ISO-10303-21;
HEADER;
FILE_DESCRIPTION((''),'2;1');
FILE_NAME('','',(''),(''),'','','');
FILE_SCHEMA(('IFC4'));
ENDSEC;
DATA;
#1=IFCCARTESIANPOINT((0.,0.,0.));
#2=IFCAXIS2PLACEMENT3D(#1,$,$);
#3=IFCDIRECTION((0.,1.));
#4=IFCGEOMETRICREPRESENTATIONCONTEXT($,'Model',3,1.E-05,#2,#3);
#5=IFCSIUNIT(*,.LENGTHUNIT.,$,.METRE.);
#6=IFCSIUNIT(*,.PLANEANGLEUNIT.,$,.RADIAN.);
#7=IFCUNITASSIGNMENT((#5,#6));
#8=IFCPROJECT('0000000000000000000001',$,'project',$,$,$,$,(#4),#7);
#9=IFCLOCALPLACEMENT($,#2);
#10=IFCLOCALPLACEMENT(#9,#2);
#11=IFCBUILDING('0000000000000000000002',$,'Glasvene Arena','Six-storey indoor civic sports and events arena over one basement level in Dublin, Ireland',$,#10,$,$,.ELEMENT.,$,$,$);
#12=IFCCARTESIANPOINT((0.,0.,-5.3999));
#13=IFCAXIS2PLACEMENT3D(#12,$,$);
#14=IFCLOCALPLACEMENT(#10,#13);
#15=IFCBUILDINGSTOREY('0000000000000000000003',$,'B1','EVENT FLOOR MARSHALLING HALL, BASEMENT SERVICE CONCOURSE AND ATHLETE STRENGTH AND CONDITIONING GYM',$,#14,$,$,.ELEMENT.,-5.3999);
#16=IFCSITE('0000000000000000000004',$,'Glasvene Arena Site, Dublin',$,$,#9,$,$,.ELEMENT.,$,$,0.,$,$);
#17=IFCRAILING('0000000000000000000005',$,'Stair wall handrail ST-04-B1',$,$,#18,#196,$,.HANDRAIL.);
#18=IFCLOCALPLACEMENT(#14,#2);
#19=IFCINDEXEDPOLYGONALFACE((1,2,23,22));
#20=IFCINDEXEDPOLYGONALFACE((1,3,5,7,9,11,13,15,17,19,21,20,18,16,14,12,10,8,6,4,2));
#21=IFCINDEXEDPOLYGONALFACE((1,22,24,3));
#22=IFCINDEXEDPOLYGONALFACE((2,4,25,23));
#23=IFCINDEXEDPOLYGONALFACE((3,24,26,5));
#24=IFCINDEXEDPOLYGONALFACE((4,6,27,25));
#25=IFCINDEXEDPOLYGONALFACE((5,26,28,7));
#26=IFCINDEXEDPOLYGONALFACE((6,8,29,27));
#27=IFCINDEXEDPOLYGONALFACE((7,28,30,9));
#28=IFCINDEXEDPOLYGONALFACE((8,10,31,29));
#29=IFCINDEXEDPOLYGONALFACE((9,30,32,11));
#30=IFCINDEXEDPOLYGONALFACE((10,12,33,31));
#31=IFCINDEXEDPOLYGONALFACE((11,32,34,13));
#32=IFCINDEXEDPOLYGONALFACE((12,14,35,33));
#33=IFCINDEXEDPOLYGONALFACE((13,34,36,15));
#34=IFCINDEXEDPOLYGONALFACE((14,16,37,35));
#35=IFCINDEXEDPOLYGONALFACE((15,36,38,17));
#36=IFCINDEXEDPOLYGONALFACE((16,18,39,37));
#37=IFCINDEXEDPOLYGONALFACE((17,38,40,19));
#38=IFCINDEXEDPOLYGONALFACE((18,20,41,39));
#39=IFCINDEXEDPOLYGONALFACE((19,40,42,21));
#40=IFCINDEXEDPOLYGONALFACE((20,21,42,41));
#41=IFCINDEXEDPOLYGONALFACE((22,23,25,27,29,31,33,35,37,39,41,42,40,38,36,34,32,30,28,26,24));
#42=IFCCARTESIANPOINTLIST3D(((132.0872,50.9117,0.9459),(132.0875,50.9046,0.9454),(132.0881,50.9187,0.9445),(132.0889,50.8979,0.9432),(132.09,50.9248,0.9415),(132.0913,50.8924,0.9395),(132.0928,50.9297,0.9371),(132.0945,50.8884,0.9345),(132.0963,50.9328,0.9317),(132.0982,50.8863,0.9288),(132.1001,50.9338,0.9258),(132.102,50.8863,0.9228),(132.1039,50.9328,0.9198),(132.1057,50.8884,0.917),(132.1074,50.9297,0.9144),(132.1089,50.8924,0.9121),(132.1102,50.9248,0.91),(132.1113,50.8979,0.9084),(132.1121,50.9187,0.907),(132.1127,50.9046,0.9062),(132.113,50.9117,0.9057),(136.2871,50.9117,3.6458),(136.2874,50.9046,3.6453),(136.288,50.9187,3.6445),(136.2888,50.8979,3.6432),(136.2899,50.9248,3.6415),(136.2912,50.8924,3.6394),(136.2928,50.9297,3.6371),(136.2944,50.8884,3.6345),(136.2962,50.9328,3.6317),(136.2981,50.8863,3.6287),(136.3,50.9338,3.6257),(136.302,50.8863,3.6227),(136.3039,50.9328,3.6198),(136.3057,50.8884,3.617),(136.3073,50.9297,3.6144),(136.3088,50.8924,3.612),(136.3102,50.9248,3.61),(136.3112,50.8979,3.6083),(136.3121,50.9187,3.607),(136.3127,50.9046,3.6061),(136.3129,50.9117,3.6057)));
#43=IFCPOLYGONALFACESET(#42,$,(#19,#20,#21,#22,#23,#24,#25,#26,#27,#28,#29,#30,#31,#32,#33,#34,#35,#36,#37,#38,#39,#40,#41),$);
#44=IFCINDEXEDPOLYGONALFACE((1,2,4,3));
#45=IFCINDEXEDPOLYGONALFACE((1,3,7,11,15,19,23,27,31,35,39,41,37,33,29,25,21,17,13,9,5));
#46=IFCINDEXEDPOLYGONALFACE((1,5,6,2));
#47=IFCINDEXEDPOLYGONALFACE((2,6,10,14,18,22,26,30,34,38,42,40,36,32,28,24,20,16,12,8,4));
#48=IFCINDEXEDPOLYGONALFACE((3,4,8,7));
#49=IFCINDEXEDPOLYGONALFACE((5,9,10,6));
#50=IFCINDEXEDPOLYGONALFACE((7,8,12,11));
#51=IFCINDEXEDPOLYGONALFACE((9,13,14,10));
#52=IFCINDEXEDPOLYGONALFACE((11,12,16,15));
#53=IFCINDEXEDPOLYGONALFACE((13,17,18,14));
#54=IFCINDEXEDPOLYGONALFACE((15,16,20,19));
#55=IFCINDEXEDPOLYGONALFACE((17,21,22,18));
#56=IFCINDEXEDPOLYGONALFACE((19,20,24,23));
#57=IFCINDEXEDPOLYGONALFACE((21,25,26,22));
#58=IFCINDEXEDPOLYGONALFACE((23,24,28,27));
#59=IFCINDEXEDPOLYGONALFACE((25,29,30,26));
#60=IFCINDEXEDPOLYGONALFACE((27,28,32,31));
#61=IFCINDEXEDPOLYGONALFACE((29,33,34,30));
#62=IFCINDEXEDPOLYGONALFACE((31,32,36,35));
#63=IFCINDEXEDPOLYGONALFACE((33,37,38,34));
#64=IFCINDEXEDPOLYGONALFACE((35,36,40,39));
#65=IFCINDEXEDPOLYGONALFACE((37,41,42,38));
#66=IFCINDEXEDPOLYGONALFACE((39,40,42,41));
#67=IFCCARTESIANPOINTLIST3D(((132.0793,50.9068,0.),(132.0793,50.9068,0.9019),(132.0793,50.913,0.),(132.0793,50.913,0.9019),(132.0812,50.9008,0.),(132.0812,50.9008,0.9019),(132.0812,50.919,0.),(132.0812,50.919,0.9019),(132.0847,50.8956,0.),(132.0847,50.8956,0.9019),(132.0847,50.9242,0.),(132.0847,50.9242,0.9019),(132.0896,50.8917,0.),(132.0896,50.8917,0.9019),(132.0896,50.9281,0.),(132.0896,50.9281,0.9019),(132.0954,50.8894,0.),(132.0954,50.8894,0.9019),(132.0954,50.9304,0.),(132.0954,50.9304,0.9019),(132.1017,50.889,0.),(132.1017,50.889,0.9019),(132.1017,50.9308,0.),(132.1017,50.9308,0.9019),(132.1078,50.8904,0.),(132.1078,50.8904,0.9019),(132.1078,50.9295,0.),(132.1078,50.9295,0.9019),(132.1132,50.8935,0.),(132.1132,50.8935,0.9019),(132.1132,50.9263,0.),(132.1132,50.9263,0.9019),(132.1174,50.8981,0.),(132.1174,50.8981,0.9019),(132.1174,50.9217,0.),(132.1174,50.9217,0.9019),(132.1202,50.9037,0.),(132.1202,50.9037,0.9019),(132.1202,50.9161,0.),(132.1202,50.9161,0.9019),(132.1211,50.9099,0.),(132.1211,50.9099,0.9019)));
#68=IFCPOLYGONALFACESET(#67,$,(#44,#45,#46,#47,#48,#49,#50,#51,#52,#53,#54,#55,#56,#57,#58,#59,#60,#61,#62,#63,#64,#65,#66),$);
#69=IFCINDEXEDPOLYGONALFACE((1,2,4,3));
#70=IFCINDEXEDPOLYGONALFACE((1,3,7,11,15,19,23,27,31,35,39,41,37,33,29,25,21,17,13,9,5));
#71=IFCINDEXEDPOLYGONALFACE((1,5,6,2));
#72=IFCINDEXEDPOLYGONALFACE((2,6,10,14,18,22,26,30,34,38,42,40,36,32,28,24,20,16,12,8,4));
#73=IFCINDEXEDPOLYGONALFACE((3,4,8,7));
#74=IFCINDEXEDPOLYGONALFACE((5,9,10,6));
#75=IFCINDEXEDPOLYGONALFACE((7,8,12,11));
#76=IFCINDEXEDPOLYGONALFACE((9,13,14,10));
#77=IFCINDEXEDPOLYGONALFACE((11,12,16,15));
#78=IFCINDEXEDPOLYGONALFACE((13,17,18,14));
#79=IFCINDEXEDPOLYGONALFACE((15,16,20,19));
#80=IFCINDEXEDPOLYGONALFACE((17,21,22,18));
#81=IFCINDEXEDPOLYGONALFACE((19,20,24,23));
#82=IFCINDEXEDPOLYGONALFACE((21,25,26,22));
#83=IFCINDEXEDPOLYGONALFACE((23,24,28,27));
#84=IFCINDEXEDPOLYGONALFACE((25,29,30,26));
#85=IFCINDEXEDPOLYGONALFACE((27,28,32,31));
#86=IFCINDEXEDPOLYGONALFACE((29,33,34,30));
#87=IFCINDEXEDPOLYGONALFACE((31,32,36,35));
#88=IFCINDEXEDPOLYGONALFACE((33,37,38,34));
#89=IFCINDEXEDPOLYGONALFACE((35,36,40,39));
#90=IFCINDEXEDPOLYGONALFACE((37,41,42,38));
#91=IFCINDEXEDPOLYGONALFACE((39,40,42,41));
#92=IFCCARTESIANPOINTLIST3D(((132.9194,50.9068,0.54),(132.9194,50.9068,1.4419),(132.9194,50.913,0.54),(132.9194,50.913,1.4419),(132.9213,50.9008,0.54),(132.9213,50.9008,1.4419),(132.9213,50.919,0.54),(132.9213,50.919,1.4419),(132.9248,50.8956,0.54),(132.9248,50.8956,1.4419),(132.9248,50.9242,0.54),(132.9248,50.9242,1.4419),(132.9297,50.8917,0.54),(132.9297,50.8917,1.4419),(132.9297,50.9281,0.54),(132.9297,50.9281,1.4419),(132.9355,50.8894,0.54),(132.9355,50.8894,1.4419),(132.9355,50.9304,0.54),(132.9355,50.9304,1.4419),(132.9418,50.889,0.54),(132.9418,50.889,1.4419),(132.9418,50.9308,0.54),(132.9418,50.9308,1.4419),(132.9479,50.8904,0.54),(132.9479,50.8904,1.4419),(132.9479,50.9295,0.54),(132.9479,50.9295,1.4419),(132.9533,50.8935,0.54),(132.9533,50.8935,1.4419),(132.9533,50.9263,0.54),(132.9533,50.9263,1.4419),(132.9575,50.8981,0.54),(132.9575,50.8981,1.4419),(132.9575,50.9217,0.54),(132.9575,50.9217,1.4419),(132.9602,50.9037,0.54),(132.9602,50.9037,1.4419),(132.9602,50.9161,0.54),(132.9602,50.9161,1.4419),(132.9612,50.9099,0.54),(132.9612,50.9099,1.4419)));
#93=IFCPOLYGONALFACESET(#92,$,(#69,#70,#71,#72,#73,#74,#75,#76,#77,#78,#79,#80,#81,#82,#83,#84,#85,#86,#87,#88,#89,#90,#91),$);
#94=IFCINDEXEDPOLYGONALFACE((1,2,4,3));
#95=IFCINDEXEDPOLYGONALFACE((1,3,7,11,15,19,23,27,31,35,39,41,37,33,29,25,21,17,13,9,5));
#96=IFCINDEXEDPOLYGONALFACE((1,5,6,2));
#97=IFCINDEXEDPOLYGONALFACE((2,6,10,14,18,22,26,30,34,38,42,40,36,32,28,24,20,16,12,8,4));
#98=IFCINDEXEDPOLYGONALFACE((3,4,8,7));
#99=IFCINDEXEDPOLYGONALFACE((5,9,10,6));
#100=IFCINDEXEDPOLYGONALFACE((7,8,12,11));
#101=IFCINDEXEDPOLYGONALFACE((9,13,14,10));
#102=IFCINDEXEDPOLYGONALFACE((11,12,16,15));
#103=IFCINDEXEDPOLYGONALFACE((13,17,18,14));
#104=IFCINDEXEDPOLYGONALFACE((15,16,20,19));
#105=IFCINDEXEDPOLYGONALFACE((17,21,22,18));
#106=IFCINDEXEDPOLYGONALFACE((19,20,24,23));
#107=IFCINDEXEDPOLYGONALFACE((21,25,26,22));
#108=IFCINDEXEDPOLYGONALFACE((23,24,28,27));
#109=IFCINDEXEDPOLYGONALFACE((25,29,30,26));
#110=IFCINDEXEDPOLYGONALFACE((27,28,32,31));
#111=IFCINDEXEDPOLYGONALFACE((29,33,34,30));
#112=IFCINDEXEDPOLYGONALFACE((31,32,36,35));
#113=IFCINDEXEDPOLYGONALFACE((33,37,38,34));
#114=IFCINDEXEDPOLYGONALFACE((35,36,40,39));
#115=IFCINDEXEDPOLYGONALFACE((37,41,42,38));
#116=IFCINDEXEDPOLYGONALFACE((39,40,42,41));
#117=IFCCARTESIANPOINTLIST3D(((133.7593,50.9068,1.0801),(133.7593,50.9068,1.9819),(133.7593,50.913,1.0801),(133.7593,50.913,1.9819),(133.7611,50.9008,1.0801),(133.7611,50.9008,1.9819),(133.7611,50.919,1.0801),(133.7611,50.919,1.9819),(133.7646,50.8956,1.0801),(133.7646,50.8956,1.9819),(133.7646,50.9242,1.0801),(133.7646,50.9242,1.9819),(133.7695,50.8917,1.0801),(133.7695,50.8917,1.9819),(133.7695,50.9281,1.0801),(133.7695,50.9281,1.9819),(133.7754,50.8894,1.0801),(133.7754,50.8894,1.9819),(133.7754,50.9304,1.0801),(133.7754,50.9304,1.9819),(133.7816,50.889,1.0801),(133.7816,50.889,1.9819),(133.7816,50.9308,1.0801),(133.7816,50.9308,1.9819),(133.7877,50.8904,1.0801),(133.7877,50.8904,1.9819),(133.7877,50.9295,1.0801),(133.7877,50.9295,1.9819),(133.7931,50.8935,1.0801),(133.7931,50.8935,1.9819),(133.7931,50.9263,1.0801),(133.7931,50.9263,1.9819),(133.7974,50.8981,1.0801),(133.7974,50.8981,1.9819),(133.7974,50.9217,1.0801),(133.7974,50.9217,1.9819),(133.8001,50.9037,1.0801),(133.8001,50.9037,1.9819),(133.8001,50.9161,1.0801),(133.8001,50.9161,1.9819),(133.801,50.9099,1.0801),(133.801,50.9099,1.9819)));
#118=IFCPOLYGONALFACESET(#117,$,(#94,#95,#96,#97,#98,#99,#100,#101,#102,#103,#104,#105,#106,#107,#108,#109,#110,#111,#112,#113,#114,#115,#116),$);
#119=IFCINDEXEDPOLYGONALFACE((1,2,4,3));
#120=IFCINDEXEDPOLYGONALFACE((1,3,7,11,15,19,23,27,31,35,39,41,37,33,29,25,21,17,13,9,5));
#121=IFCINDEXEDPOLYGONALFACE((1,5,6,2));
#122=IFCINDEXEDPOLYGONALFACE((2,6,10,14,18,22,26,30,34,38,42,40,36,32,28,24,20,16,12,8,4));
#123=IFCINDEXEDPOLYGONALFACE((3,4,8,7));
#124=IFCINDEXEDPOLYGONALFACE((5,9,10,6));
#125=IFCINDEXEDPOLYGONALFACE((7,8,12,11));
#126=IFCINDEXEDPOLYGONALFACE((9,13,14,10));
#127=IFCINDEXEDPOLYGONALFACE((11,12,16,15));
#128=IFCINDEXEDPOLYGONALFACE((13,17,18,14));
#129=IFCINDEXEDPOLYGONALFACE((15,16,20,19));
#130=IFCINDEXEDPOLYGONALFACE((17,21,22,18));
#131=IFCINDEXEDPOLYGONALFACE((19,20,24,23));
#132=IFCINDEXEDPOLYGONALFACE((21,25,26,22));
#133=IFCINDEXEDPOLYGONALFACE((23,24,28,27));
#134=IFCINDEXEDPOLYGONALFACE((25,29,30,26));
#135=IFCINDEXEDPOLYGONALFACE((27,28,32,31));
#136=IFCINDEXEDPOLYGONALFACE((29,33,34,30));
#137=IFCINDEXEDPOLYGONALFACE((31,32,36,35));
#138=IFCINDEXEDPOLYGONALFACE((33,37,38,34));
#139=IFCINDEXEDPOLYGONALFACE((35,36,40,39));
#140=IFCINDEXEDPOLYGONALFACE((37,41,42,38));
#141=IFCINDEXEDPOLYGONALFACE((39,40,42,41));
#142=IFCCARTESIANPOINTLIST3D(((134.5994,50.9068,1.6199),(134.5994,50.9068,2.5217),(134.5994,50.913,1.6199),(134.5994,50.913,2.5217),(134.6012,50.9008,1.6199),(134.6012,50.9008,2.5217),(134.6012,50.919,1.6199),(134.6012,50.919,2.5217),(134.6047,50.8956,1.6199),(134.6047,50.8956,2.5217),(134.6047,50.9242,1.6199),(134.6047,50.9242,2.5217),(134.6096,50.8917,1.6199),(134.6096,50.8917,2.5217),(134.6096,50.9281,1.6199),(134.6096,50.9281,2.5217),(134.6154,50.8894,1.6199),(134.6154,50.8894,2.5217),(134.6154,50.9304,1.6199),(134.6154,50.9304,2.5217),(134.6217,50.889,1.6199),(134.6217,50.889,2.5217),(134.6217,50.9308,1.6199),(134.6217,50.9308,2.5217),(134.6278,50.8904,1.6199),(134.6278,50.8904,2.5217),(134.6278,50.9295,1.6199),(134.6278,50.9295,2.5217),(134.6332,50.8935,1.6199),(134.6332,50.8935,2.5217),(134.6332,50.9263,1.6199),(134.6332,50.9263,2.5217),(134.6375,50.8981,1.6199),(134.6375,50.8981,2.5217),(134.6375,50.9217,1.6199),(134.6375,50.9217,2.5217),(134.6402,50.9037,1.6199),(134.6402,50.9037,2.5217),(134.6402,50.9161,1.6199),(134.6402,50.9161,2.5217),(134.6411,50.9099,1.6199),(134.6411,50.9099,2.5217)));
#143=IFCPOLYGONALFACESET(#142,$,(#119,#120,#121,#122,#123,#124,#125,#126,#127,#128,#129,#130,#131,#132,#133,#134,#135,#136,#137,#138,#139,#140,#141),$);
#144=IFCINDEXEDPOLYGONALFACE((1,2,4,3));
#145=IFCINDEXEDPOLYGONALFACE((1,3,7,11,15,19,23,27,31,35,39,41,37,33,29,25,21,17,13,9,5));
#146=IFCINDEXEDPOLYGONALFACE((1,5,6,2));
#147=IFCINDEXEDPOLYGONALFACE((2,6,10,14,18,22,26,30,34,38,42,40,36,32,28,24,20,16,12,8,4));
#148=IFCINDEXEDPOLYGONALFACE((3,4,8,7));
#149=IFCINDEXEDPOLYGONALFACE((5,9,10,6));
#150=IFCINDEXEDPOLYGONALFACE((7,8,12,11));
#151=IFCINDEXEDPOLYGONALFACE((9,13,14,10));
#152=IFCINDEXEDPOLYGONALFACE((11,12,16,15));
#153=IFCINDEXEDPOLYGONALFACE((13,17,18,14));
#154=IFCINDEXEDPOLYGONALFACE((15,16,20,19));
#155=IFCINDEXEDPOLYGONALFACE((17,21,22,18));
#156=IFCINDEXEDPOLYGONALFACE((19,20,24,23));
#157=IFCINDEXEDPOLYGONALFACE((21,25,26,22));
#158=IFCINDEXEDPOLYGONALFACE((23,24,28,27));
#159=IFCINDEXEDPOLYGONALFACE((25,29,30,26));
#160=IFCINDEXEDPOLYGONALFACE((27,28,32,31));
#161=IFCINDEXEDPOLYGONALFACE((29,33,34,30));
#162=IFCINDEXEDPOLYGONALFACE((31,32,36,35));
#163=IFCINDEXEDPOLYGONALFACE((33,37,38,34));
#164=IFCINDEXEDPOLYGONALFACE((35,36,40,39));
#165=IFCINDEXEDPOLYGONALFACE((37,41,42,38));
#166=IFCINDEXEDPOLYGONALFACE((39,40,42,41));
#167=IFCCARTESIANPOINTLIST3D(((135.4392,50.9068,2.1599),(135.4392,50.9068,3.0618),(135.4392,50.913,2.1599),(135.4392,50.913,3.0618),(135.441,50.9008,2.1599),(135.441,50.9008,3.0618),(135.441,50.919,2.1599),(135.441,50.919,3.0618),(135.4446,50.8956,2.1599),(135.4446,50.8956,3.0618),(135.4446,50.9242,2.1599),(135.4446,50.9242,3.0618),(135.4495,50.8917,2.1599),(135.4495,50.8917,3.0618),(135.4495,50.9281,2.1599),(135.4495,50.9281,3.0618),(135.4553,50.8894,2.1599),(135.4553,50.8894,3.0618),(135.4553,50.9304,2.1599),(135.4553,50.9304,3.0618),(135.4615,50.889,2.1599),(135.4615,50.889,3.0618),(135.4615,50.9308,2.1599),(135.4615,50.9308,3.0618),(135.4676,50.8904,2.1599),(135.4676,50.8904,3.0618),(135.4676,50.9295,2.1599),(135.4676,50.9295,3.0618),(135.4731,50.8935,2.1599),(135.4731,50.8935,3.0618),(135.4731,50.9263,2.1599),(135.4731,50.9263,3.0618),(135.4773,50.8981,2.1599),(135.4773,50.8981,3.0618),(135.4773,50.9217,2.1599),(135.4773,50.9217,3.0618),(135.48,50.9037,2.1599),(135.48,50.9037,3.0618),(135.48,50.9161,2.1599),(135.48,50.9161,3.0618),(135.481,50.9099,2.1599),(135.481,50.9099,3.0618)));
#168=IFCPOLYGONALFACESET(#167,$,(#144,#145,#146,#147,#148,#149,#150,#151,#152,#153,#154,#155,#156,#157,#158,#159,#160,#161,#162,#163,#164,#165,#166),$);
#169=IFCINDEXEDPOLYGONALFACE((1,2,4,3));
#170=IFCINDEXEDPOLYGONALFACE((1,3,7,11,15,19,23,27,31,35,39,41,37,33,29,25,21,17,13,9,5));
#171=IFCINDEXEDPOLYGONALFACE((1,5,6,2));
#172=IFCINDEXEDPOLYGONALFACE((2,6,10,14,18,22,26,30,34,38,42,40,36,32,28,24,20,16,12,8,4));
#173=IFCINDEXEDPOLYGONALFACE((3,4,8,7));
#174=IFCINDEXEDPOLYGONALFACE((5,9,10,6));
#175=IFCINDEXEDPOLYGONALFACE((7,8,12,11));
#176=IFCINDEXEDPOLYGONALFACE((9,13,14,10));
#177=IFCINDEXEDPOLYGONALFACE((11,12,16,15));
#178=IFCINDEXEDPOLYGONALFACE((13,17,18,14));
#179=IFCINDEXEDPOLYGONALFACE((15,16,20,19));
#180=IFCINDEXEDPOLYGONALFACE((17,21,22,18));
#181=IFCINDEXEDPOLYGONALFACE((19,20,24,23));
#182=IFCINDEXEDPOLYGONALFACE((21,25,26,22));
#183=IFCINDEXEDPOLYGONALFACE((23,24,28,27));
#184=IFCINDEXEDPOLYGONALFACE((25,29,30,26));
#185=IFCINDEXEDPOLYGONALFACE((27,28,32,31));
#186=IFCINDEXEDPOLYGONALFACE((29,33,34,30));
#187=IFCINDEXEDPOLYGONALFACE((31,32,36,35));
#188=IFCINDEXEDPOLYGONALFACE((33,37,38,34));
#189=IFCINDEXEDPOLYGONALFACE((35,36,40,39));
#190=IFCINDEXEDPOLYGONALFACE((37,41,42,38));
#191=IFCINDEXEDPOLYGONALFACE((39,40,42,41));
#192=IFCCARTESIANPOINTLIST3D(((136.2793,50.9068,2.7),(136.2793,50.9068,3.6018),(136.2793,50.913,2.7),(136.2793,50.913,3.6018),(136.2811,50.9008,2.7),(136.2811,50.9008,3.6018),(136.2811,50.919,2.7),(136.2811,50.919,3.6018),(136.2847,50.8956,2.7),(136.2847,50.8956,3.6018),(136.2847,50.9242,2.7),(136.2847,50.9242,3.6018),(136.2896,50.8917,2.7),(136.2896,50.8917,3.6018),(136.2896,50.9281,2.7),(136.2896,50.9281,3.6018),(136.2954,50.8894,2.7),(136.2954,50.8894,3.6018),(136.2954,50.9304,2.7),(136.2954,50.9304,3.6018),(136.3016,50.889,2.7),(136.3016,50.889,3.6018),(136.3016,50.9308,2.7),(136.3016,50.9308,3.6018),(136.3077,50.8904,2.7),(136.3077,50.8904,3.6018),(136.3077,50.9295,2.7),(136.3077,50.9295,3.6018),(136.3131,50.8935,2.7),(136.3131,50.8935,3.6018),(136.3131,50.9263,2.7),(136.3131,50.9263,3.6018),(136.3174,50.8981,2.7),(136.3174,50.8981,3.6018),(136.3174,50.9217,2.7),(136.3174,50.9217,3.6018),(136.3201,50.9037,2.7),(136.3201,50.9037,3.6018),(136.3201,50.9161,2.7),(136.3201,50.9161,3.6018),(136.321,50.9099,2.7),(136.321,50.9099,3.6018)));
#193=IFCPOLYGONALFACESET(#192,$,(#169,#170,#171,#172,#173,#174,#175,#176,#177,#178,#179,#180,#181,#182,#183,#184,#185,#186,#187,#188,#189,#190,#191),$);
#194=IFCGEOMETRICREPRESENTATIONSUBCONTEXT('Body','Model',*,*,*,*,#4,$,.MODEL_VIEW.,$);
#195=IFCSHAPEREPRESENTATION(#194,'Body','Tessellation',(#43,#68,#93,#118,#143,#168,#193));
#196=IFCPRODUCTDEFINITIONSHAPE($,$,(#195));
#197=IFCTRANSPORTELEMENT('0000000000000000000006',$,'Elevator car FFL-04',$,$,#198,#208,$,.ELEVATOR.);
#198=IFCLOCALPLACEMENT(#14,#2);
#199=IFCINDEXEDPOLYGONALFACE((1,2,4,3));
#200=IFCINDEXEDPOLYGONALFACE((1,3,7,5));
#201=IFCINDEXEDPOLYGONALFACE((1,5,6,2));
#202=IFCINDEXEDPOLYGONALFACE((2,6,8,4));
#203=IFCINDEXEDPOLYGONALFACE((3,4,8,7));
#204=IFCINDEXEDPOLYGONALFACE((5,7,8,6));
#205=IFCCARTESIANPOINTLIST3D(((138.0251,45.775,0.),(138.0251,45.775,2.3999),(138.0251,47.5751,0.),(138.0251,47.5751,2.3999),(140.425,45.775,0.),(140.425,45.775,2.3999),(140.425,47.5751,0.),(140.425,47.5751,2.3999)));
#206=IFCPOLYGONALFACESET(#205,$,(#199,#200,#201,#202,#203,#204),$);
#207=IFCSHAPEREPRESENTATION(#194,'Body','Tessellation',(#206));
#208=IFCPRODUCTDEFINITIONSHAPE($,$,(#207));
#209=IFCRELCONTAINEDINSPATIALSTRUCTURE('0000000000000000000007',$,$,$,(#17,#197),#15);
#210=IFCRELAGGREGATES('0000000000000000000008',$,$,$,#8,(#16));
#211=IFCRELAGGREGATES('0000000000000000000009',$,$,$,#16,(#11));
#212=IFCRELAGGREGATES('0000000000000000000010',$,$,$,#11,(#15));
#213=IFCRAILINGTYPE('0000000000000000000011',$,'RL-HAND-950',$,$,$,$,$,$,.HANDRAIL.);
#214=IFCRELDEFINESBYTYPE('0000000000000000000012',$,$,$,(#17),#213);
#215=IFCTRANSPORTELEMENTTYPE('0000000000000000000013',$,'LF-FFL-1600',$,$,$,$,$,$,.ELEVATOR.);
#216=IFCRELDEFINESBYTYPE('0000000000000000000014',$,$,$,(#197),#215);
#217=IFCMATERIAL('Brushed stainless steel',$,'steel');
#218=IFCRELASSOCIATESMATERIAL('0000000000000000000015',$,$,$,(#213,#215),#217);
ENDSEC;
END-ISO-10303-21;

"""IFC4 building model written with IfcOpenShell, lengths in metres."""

from ifc_helpers import new_model, si_unit, direction, frame, origin, origin_2d, place, context, subcontext, project, spatial, rectangle, circle, extrude, material, type_object, element, save


model = new_model("IFC4")

# Units and contexts
model_context = context("Model", 3, precision=1e-05, world=origin(), true_north=direction((0.0, 1.0)))
body_context = subcontext(model_context, "Body", "Model", "MODEL_VIEW")
ifc_project = project(units=[si_unit("LENGTHUNIT", "METRE"), si_unit("PLANEANGLEUNIT", "RADIAN")], contexts=[model_context])

# Site, building, storey
site_placement = place(None, origin())
site = spatial("IfcSite", under=ifc_project, at=site_placement, Name="Glasvene Arena Site, Dublin", CompositionType="ELEMENT", RefElevation=0.0)
building_placement = place(site_placement, origin())
building = spatial("IfcBuilding", under=site, at=building_placement, Name="Glasvene Arena", Description="Six-storey indoor civic sports and events arena over one basement level in Dublin, Ireland", CompositionType="ELEMENT")
storey_placement = place(building_placement, frame((0.0, 0.0, -5.3999)))
storey = spatial("IfcBuildingStorey", under=building, at=storey_placement, Name="B1", Description="EVENT FLOOR MARSHALLING HALL, BASEMENT SERVICE CONCOURSE AND ATHLETE STRENGTH AND CONDITIONING GYM", CompositionType="ELEMENT", Elevation=-5.3999)

# Shared definitions
ifc_material_1 = material(Name="Brushed stainless steel", Category="steel")

# Railing
railing_type_1 = type_object("IfcRailingType", Name="RL-HAND-950", PredefinedType="HANDRAIL", material=ifc_material_1)
railing_1_placement = place(storey_placement, frame((132.1001, 50.9099, 0.0)))
element("IfcRailing", 1, at=railing_1_placement, inside=storey, type_object=railing_type_1, Name="Stair wall handrail ST-04-B1", PredefinedType="HANDRAIL", context=body_context, shape_type="SweptSolid", body=[
    extrude(circle(Radius=0.0239, at=origin_2d()), frame((0.0, 0.0, 0.9258), z_axis=(0.84118, 0.0, 0.540755), x_axis=(0.0, 1.0, 0.0)), (0.0, 0.0, 1.0), 4.9929),
    extrude(circle(Radius=0.021, at=origin_2d()), origin(), (0.0, 0.0, 1.0), 0.9019),
    extrude(circle(Radius=0.021, at=origin_2d()), frame((0.8401, 0.0, 0.54)), (0.0, 0.0, 1.0), 0.9019),
    extrude(circle(Radius=0.021, at=origin_2d()), frame((1.6799, 0.0, 1.0801)), (0.0, 0.0, 1.0), 0.9019),
    extrude(circle(Radius=0.021, at=origin_2d()), frame((2.52, 0.0, 1.6199)), (0.0, 0.0, 1.0), 0.9019),
    extrude(circle(Radius=0.021, at=origin_2d()), frame((3.3599, 0.0, 2.1599)), (0.0, 0.0, 1.0), 0.9019),
    extrude(circle(Radius=0.021, at=origin_2d()), frame((4.2, 0.0, 2.7)), (0.0, 0.0, 1.0), 0.9019),
])

# Transport element
transport_element_type_1 = type_object("IfcTransportElementType", Name="LF-FFL-1600", PredefinedType="ELEVATOR", material=ifc_material_1)
transport_element_1_placement = place(storey_placement, frame((139.2251, 46.675, 0.0), z_axis=(0.0, 0.0, 1.0), x_axis=(1.0, 0.0, 0.0)))
element("IfcTransportElement", 2, at=transport_element_1_placement, inside=storey, type_object=transport_element_type_1, Name="Elevator car FFL-04", PredefinedType="ELEVATOR", context=body_context, shape_type="SweptSolid", body=[
    extrude(rectangle(XDim=2.3999, YDim=1.8, at=origin_2d()), origin(), (0.0, 0.0, 1.0), 2.3999),
])

save(model, "model.ifc")
